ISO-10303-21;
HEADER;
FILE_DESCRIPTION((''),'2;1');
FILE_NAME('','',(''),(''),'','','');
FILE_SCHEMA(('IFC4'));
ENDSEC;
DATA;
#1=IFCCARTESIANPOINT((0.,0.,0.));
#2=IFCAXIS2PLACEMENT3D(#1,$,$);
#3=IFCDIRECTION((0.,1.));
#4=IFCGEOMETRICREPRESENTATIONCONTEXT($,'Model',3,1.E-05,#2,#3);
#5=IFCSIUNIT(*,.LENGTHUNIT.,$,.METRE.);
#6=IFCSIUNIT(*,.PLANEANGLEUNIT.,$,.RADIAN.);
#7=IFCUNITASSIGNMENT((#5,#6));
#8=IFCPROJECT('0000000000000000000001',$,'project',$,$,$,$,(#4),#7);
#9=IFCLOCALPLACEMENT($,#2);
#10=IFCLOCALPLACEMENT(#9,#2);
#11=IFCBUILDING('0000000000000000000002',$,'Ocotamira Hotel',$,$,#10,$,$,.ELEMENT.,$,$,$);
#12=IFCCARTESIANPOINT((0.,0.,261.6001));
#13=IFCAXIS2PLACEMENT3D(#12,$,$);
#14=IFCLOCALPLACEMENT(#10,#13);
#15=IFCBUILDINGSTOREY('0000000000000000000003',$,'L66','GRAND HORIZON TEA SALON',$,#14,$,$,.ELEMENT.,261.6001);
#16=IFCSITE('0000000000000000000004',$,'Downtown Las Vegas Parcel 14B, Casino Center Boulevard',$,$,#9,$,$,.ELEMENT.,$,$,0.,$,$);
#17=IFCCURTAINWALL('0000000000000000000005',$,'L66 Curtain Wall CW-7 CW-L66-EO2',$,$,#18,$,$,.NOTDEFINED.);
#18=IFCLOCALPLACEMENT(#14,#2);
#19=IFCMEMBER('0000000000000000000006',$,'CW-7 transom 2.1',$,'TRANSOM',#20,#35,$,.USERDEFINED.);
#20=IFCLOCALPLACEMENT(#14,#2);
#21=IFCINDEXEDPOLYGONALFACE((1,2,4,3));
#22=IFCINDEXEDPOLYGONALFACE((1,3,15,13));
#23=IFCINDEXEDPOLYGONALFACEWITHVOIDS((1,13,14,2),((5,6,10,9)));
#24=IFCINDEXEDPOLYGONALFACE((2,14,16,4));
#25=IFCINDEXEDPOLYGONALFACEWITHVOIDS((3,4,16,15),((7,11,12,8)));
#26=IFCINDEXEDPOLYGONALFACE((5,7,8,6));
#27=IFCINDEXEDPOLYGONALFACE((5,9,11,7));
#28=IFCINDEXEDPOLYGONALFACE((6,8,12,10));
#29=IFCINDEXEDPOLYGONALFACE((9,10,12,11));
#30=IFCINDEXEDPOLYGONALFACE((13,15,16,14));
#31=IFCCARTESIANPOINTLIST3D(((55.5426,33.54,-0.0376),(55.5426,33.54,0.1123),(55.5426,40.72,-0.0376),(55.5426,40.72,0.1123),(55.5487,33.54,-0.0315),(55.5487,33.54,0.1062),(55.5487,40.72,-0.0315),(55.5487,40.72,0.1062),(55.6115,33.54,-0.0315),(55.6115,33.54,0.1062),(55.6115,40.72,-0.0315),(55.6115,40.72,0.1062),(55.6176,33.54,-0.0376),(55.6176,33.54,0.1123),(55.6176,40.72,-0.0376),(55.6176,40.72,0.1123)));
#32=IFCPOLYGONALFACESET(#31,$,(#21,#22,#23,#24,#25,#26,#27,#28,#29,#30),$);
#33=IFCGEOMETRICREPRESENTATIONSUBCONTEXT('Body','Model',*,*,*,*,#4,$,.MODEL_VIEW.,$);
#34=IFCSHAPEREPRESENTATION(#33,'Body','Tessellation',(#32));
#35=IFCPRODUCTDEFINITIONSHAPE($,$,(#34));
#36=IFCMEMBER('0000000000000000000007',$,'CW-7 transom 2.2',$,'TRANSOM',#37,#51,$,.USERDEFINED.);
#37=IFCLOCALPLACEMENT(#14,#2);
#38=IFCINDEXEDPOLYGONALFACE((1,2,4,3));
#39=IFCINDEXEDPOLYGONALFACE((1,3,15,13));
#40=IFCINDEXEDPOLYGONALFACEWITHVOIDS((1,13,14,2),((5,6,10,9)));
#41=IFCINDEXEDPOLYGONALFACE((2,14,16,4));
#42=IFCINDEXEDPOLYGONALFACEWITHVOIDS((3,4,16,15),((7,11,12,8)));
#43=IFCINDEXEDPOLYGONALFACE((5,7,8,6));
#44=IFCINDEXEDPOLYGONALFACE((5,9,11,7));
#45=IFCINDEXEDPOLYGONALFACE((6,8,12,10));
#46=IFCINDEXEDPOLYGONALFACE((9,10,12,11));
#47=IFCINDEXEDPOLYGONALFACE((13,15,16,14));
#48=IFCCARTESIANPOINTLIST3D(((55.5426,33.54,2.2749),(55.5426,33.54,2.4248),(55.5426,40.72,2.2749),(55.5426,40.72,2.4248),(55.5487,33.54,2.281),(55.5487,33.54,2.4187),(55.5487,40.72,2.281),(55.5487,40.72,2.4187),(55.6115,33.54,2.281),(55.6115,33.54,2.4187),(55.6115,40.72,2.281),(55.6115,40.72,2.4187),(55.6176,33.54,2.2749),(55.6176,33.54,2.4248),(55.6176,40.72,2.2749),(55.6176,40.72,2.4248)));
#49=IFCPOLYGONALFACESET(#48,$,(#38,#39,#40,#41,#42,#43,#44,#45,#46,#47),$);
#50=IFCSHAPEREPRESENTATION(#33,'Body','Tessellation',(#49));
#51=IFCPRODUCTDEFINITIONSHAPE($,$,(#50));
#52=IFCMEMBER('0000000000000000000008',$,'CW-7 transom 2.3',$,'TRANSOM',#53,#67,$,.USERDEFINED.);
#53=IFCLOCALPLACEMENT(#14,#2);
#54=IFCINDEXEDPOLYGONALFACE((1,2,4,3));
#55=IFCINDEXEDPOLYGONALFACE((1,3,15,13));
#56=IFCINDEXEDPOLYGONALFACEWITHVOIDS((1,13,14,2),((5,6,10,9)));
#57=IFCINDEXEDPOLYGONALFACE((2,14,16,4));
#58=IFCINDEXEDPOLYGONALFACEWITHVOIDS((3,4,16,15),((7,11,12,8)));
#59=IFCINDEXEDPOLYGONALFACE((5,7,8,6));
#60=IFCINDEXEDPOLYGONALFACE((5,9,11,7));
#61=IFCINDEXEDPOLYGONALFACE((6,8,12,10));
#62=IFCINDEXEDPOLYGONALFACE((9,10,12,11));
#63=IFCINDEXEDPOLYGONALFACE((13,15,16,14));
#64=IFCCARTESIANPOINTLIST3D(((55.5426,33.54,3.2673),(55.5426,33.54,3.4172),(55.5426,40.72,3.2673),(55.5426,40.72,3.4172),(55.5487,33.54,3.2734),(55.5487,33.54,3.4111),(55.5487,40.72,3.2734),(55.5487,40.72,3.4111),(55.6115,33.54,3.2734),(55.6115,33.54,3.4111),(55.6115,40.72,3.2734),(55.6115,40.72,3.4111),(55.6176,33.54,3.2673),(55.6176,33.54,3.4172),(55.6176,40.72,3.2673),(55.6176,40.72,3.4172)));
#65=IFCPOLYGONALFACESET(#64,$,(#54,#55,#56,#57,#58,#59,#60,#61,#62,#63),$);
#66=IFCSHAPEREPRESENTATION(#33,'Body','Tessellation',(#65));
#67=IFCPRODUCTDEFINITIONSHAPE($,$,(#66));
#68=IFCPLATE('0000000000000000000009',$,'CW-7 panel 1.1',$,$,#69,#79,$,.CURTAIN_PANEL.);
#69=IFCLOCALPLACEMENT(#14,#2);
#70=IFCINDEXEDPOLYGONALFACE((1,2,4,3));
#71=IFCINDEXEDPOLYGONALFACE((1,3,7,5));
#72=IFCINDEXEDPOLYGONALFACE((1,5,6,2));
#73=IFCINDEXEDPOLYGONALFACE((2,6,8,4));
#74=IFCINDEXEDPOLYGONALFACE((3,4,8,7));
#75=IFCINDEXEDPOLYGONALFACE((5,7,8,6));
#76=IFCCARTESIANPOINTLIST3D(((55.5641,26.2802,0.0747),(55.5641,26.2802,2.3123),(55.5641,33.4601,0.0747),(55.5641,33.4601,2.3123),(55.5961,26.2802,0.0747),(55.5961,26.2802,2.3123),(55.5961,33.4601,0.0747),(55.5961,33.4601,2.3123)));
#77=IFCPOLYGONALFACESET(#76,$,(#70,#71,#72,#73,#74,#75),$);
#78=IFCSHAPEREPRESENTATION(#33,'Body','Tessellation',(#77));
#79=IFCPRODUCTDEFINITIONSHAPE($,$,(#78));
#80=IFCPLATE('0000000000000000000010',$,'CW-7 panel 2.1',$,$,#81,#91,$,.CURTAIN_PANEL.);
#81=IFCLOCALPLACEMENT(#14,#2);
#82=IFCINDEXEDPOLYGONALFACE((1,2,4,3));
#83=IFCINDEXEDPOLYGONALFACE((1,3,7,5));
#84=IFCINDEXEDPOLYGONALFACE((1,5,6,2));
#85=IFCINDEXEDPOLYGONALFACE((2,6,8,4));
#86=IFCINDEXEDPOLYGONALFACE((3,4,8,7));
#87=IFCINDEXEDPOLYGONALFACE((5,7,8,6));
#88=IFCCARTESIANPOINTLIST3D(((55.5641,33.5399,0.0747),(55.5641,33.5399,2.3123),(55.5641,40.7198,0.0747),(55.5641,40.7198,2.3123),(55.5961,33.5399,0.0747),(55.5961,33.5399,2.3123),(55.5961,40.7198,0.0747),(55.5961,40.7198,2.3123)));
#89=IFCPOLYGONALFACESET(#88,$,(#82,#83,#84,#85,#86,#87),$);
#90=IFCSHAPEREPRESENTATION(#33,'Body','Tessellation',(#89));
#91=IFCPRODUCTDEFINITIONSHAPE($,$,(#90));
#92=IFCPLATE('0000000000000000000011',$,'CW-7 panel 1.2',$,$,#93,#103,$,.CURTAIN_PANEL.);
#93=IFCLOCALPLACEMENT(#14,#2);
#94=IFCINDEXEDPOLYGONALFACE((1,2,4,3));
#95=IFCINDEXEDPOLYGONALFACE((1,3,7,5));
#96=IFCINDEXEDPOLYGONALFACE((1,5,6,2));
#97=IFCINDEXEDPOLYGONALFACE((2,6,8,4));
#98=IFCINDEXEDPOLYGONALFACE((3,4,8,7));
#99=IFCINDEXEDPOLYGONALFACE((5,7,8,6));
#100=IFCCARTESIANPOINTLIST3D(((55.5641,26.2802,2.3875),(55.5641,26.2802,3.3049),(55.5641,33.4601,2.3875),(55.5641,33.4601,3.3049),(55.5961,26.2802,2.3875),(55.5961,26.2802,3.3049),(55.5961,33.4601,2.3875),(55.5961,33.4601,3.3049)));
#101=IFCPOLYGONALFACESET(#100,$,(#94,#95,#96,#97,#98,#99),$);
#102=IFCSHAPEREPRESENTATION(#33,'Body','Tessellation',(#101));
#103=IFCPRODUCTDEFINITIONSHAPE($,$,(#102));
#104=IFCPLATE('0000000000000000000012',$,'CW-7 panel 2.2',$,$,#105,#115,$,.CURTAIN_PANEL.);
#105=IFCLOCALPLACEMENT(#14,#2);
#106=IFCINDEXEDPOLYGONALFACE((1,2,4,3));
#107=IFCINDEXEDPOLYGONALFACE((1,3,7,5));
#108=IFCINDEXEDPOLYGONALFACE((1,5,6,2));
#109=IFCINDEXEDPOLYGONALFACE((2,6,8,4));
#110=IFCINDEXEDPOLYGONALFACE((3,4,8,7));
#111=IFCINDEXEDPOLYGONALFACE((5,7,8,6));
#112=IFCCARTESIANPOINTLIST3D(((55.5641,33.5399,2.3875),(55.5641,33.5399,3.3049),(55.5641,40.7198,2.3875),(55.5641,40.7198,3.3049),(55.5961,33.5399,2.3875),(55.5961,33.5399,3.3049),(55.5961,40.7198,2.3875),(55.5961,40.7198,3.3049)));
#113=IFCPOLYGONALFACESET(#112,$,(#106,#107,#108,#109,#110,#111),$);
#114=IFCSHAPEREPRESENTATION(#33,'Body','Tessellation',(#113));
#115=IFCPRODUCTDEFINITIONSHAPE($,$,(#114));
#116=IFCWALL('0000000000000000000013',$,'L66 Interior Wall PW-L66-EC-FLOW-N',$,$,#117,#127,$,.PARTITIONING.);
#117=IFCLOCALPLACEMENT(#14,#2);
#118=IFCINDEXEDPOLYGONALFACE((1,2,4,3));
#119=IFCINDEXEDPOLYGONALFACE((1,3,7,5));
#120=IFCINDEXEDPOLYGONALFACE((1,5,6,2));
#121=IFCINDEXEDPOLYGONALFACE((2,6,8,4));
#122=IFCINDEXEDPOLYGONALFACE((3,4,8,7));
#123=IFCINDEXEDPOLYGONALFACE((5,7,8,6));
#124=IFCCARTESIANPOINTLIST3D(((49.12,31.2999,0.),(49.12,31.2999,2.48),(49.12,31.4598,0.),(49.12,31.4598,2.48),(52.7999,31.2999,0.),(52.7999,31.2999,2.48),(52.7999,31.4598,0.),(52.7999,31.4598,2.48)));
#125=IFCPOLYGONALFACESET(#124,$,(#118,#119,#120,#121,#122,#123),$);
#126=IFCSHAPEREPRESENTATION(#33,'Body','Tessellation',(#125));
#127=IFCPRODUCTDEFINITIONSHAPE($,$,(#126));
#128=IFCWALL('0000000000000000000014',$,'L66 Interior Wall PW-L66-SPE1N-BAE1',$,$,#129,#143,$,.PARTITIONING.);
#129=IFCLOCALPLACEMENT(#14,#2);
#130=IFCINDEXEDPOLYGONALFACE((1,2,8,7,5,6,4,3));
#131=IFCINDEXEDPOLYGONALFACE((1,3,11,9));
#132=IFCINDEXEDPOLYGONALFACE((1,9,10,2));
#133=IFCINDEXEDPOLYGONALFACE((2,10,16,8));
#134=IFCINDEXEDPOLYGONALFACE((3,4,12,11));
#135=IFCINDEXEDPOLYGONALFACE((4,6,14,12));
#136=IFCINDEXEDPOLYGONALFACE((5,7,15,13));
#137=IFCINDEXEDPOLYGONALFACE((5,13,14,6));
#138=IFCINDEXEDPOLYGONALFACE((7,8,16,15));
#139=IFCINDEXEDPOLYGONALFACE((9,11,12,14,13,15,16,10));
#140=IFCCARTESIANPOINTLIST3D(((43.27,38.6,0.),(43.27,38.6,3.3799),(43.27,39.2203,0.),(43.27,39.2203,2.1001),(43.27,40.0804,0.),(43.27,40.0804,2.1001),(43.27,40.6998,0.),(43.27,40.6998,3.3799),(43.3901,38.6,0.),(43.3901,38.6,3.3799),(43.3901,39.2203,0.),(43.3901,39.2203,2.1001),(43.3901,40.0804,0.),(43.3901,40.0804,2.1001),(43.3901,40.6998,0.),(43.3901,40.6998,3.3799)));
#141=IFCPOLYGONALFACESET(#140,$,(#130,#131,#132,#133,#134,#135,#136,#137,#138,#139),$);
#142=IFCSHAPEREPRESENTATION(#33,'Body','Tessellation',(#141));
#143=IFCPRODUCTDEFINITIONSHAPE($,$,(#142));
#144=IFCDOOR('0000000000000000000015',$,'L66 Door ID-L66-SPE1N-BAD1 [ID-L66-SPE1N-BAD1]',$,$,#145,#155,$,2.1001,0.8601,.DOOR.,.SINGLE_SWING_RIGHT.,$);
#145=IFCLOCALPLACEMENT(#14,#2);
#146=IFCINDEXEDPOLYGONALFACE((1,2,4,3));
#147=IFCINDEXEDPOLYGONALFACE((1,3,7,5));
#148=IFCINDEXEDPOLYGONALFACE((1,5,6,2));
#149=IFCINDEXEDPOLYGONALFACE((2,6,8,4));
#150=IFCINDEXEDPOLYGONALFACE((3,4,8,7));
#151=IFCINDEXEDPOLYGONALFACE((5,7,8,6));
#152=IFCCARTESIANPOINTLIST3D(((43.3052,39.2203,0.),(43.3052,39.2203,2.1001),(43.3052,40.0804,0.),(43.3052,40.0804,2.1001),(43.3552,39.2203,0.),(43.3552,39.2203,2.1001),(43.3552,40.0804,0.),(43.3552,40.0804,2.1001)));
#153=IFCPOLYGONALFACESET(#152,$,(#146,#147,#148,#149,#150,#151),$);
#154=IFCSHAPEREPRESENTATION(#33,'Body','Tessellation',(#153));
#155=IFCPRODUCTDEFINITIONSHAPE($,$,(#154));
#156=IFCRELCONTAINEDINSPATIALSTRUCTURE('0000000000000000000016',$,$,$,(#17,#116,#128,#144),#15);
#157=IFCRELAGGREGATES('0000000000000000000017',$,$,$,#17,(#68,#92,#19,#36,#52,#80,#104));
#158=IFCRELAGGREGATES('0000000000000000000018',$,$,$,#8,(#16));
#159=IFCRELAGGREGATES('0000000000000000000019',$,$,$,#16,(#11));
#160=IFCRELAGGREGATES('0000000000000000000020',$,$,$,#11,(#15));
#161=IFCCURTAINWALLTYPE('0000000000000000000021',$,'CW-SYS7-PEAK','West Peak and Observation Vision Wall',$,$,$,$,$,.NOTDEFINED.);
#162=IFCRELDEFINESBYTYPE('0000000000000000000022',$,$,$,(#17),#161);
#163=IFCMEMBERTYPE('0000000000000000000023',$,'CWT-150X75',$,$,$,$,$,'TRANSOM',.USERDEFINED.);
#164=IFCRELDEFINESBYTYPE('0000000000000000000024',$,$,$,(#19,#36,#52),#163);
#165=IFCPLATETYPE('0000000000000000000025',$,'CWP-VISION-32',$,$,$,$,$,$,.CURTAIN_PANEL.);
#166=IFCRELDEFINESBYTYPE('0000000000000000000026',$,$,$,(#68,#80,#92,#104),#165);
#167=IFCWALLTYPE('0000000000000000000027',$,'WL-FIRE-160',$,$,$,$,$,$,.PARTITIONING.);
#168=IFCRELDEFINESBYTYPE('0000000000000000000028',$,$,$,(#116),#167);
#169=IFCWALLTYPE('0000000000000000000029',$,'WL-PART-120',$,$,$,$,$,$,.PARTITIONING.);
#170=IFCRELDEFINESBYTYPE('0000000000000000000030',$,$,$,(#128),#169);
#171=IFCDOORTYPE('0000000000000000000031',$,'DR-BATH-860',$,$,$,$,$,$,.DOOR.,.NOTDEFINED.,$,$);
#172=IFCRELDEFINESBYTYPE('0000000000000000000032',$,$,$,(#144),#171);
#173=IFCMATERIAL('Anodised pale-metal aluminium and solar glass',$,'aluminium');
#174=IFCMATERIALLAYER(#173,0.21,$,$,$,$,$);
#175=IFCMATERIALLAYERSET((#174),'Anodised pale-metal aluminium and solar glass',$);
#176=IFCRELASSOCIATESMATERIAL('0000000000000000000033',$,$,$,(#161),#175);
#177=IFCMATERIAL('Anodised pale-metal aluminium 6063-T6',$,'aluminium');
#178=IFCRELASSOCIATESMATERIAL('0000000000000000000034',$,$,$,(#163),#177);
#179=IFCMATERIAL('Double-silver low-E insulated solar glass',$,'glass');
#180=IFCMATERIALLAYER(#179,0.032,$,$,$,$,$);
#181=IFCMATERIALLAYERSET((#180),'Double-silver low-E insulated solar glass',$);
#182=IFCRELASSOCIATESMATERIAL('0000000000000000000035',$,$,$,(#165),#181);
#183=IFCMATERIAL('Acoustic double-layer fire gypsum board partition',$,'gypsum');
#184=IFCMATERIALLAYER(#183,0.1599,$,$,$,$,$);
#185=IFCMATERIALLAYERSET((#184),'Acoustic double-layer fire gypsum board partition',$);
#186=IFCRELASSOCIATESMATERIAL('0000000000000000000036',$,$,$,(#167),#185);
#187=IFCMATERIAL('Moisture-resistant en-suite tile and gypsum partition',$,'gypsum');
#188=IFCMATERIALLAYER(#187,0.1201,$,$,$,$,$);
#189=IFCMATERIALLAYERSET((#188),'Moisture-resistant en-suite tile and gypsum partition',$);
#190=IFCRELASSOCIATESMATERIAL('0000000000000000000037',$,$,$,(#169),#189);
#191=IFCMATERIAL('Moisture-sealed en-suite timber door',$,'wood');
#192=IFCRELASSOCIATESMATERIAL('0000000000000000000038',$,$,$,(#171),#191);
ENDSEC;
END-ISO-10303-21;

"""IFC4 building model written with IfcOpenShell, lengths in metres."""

from ifc_helpers import new_model, si_unit, direction, frame, frame_2d, origin, origin_2d, place, context, subcontext, project, spatial, rectangle, hollow_rectangle, extrude, source, transform, mapped, material, layer, layer_set, material_profile, profile_set, type_object, element, fill, aggregate, save


model = new_model("IFC4")

# Units and contexts
model_context = context("Model", 3, precision=1e-05, world=origin(), true_north=direction((0.0, 1.0)))
body_context = subcontext(model_context, "Body", "Model", "MODEL_VIEW")
ifc_project = project(units=[si_unit("LENGTHUNIT", "METRE"), si_unit("PLANEANGLEUNIT", "RADIAN")], contexts=[model_context])

# Site, building, storey
site_placement = place(None, origin())
site = spatial("IfcSite", under=ifc_project, at=site_placement, Name="Downtown Las Vegas Parcel 14B, Casino Center Boulevard", CompositionType="ELEMENT", RefElevation=0.0)
building_placement = place(site_placement, origin())
building = spatial("IfcBuilding", under=site, at=building_placement, Name="Ocotamira Hotel", CompositionType="ELEMENT")
storey_placement = place(building_placement, frame((0.0, 0.0, 261.6001)))
storey = spatial("IfcBuildingStorey", under=building, at=storey_placement, Name="L66", Description="GRAND HORIZON TEA SALON", CompositionType="ELEMENT", Elevation=261.6001)

# Curtain wall, members, plates
ifc_material_1 = material(Name="Anodised pale-metal aluminium and solar glass", Category="aluminium")
ifc_layer_1 = layer(ifc_material_1, 0.21)
ifc_layer_set_1 = layer_set([ifc_layer_1], Name="Anodised pale-metal aluminium and solar glass")
curtain_wall_type = type_object("IfcCurtainWallType", Name="CW-SYS7-PEAK", Description="West Peak and Observation Vision Wall", PredefinedType="NOTDEFINED", material=ifc_layer_set_1)
curtain_wall_placement = place(storey_placement, origin())
curtain_wall = element("IfcCurtainWall", 1, at=curtain_wall_placement, inside=storey, type_object=curtain_wall_type, Name="L66 Curtain Wall CW-7 CW-L66-EO2", PredefinedType="NOTDEFINED")
ifc_material_2 = material(Name="Anodised pale-metal aluminium 6063-T6", Category="aluminium")
ifc_material_profile_1 = material_profile(ifc_material_2, hollow_rectangle(XDim=0.075, YDim=0.1499, WallThickness=0.0061, at=origin_2d()), Name="HSS150X75X6")
ifc_profile_set_1 = profile_set([ifc_material_profile_1], Name="Anodised pale-metal aluminium 6063-T6")
member_type_1 = type_object("IfcMemberType", Name="CWT-150X75", ElementType="TRANSOM", PredefinedType="USERDEFINED", material=ifc_profile_set_1)
shared_shape_1 = source(origin(), body_context, "Body", "SweptSolid", [
    extrude(hollow_rectangle(XDim=0.075, YDim=0.1499, WallThickness=0.0061, at=origin_2d()), origin(), (0.0, 0.0, 1.0), 7.1799),
])
member_1_placement = place(storey_placement, frame((55.5801, 33.54, 0.0374), z_axis=(0.0, 1.0, 0.0), x_axis=(-1.0, 0.0, 0.0)))
member_1 = element("IfcMember", 2, at=member_1_placement, type_object=member_type_1, Name="CW-7 transom 2.1", ObjectType="TRANSOM", PredefinedType="USERDEFINED", context=body_context, shape_type="MappedRepresentation", body=[
    mapped(shared_shape_1, transform((0.0, 0.0, 0.0), scale=1.0)),
])
member_2_placement = place(storey_placement, frame((55.5801, 33.54, 2.3499), z_axis=(0.0, 1.0, 0.0), x_axis=(-1.0, 0.0, 0.0)))
member_2 = element("IfcMember", 3, at=member_2_placement, type_object=member_type_1, Name="CW-7 transom 2.2", ObjectType="TRANSOM", PredefinedType="USERDEFINED", context=body_context, shape_type="MappedRepresentation", body=[
    mapped(shared_shape_1, transform((0.0, 0.0, 0.0), scale=1.0)),
])
member_3_placement = place(storey_placement, frame((55.5801, 33.54, 3.3423), z_axis=(0.0, 1.0, 0.0), x_axis=(-1.0, 0.0, 0.0)))
member_3 = element("IfcMember", 4, at=member_3_placement, type_object=member_type_1, Name="CW-7 transom 2.3", ObjectType="TRANSOM", PredefinedType="USERDEFINED", context=body_context, shape_type="MappedRepresentation", body=[
    mapped(shared_shape_1, transform((0.0, 0.0, 0.0), scale=1.0)),
])
ifc_material_3 = material(Name="Double-silver low-E insulated solar glass", Category="glass")
ifc_layer_2 = layer(ifc_material_3, 0.032)
ifc_layer_set_2 = layer_set([ifc_layer_2], Name="Double-silver low-E insulated solar glass")
plate_type = type_object("IfcPlateType", Name="CWP-VISION-32", PredefinedType="CURTAIN_PANEL", material=ifc_layer_set_2)
shared_shape_2 = source(origin(), body_context, "Body", "SweptSolid", [
    extrude(rectangle(XDim=7.1799, YDim=0.032, at=origin_2d()), origin(), (0.0, 0.0, 1.0), 2.2375),
])
plate_1_placement = place(storey_placement, frame((55.5801, 29.8701, 0.0747), z_axis=(0.0, 0.0, 1.0), x_axis=(0.0, 1.0, 0.0)))
plate_1 = element("IfcPlate", 5, at=plate_1_placement, type_object=plate_type, Name="CW-7 panel 1.1", PredefinedType="CURTAIN_PANEL", context=body_context, shape_type="MappedRepresentation", body=[
    mapped(shared_shape_2, transform((0.0, 0.0, 0.0), scale=1.0)),
])
plate_2_placement = place(storey_placement, frame((55.5801, 37.1299, 0.0747), z_axis=(0.0, 0.0, 1.0), x_axis=(0.0, 1.0, 0.0)))
plate_2 = element("IfcPlate", 6, at=plate_2_placement, type_object=plate_type, Name="CW-7 panel 2.1", PredefinedType="CURTAIN_PANEL", context=body_context, shape_type="MappedRepresentation", body=[
    mapped(shared_shape_2, transform((0.0, 0.0, 0.0), scale=1.0)),
])
shared_shape_3 = source(origin(), body_context, "Body", "SweptSolid", [
    extrude(rectangle(XDim=7.1799, YDim=0.032, at=origin_2d()), origin(), (0.0, 0.0, 1.0), 0.9175),
])
plate_3_placement = place(storey_placement, frame((55.5801, 29.8701, 2.3875), z_axis=(0.0, 0.0, 1.0), x_axis=(0.0, 1.0, 0.0)))
plate_3 = element("IfcPlate", 7, at=plate_3_placement, type_object=plate_type, Name="CW-7 panel 1.2", PredefinedType="CURTAIN_PANEL", context=body_context, shape_type="MappedRepresentation", body=[
    mapped(shared_shape_3, transform((0.0, 0.0, 0.0), scale=1.0)),
])
plate_4_placement = place(storey_placement, frame((55.5801, 37.1299, 2.3875), z_axis=(0.0, 0.0, 1.0), x_axis=(0.0, 1.0, 0.0)))
plate_4 = element("IfcPlate", 8, at=plate_4_placement, type_object=plate_type, Name="CW-7 panel 2.2", PredefinedType="CURTAIN_PANEL", context=body_context, shape_type="MappedRepresentation", body=[
    mapped(shared_shape_3, transform((0.0, 0.0, 0.0), scale=1.0)),
])
aggregate(curtain_wall, [plate_1, plate_3, member_1, member_2, member_3, plate_2, plate_4])

# Wall
ifc_material_4 = material(Name="Acoustic double-layer fire gypsum board partition", Category="gypsum")
ifc_layer_3 = layer(ifc_material_4, 0.1599)
ifc_layer_set_3 = layer_set([ifc_layer_3], Name="Acoustic double-layer fire gypsum board partition")
wall_type_1 = type_object("IfcWallType", Name="WL-FIRE-160", PredefinedType="PARTITIONING", material=ifc_layer_set_3)
wall_1_placement = place(storey_placement, frame((49.1201, 31.3799, 0.0), z_axis=(0.0, 0.0, 1.0), x_axis=(1.0, 0.0, 0.0)))
element("IfcWall", 9, at=wall_1_placement, inside=storey, type_object=wall_type_1, Name="L66 Interior Wall PW-L66-EC-FLOW-N", PredefinedType="PARTITIONING", context=body_context, shape_type="SweptSolid", body=[
    extrude(rectangle(XDim=3.6799, YDim=0.1599, at=frame_2d((1.8398, 0.0))), origin(), (0.0, 0.0, 1.0), 2.48),
])

# Wall, opening, door
ifc_material_5 = material(Name="Moisture-resistant en-suite tile and gypsum partition", Category="gypsum")
ifc_layer_4 = layer(ifc_material_5, 0.1201)
ifc_layer_set_4 = layer_set([ifc_layer_4], Name="Moisture-resistant en-suite tile and gypsum partition")
wall_type_2 = type_object("IfcWallType", Name="WL-PART-120", PredefinedType="PARTITIONING", material=ifc_layer_set_4)
wall_2_placement = place(storey_placement, frame((43.3301, 38.6001, 0.0), z_axis=(0.0, 0.0, 1.0), x_axis=(0.0, 1.0, 0.0)))
wall_2 = element("IfcWall", 10, at=wall_2_placement, inside=storey, type_object=wall_type_2, Name="L66 Interior Wall PW-L66-SPE1N-BAE1", PredefinedType="PARTITIONING", context=body_context, shape_type="SweptSolid", body=[
    extrude(rectangle(XDim=2.0999, YDim=0.1201, at=frame_2d((1.0498, 0.0))), origin(), (0.0, 0.0, 1.0), 3.3799),
])
opening_1_placement = place(wall_2_placement, frame((0.6201, 0.0, 0.0)))
opening_1 = element("IfcOpeningElement", 11, at=opening_1_placement, cuts=wall_2, PredefinedType="OPENING", context=body_context, shape_type="SweptSolid", body=[
    extrude(rectangle(XDim=0.8601, YDim=2.1001, at=frame_2d((0.4302, 1.05))), frame((0.0, 0.0701, 0.0), z_axis=(0.0, -1.0, 0.0), x_axis=(1.0, 0.0, 0.0)), (0.0, 0.0, 1.0), 0.1401),
])
ifc_material_6 = material(Name="Moisture-sealed en-suite timber door", Category="wood")
door_type_1 = type_object("IfcDoorType", Name="DR-BATH-860", OperationType="NOTDEFINED", PredefinedType="DOOR", material=ifc_material_6)
shared_shape_4 = source(origin(), body_context, "Body", "SweptSolid", [
    extrude(rectangle(XDim=0.8601, YDim=2.1001, at=frame_2d((0.4302, 1.05))), frame((0.0, 0.0249, 0.0), z_axis=(0.0, -1.0, 0.0), x_axis=(1.0, 0.0, 0.0)), (0.0, 0.0, 1.0), 0.05),
])
door_1_placement = place(opening_1_placement, origin())
door_1 = element("IfcDoor", 12, at=door_1_placement, inside=storey, type_object=door_type_1, Name="L66 Door ID-L66-SPE1N-BAD1 [ID-L66-SPE1N-BAD1]", OperationType="SINGLE_SWING_RIGHT", OverallHeight=2.1001, OverallWidth=0.8601, PredefinedType="DOOR", context=body_context, shape_type="MappedRepresentation", body=[
    mapped(shared_shape_4, transform((0.0, 0.0, 0.0), scale=1.0)),
])
fill(opening_1, door_1)

save(model, "model.ifc")
